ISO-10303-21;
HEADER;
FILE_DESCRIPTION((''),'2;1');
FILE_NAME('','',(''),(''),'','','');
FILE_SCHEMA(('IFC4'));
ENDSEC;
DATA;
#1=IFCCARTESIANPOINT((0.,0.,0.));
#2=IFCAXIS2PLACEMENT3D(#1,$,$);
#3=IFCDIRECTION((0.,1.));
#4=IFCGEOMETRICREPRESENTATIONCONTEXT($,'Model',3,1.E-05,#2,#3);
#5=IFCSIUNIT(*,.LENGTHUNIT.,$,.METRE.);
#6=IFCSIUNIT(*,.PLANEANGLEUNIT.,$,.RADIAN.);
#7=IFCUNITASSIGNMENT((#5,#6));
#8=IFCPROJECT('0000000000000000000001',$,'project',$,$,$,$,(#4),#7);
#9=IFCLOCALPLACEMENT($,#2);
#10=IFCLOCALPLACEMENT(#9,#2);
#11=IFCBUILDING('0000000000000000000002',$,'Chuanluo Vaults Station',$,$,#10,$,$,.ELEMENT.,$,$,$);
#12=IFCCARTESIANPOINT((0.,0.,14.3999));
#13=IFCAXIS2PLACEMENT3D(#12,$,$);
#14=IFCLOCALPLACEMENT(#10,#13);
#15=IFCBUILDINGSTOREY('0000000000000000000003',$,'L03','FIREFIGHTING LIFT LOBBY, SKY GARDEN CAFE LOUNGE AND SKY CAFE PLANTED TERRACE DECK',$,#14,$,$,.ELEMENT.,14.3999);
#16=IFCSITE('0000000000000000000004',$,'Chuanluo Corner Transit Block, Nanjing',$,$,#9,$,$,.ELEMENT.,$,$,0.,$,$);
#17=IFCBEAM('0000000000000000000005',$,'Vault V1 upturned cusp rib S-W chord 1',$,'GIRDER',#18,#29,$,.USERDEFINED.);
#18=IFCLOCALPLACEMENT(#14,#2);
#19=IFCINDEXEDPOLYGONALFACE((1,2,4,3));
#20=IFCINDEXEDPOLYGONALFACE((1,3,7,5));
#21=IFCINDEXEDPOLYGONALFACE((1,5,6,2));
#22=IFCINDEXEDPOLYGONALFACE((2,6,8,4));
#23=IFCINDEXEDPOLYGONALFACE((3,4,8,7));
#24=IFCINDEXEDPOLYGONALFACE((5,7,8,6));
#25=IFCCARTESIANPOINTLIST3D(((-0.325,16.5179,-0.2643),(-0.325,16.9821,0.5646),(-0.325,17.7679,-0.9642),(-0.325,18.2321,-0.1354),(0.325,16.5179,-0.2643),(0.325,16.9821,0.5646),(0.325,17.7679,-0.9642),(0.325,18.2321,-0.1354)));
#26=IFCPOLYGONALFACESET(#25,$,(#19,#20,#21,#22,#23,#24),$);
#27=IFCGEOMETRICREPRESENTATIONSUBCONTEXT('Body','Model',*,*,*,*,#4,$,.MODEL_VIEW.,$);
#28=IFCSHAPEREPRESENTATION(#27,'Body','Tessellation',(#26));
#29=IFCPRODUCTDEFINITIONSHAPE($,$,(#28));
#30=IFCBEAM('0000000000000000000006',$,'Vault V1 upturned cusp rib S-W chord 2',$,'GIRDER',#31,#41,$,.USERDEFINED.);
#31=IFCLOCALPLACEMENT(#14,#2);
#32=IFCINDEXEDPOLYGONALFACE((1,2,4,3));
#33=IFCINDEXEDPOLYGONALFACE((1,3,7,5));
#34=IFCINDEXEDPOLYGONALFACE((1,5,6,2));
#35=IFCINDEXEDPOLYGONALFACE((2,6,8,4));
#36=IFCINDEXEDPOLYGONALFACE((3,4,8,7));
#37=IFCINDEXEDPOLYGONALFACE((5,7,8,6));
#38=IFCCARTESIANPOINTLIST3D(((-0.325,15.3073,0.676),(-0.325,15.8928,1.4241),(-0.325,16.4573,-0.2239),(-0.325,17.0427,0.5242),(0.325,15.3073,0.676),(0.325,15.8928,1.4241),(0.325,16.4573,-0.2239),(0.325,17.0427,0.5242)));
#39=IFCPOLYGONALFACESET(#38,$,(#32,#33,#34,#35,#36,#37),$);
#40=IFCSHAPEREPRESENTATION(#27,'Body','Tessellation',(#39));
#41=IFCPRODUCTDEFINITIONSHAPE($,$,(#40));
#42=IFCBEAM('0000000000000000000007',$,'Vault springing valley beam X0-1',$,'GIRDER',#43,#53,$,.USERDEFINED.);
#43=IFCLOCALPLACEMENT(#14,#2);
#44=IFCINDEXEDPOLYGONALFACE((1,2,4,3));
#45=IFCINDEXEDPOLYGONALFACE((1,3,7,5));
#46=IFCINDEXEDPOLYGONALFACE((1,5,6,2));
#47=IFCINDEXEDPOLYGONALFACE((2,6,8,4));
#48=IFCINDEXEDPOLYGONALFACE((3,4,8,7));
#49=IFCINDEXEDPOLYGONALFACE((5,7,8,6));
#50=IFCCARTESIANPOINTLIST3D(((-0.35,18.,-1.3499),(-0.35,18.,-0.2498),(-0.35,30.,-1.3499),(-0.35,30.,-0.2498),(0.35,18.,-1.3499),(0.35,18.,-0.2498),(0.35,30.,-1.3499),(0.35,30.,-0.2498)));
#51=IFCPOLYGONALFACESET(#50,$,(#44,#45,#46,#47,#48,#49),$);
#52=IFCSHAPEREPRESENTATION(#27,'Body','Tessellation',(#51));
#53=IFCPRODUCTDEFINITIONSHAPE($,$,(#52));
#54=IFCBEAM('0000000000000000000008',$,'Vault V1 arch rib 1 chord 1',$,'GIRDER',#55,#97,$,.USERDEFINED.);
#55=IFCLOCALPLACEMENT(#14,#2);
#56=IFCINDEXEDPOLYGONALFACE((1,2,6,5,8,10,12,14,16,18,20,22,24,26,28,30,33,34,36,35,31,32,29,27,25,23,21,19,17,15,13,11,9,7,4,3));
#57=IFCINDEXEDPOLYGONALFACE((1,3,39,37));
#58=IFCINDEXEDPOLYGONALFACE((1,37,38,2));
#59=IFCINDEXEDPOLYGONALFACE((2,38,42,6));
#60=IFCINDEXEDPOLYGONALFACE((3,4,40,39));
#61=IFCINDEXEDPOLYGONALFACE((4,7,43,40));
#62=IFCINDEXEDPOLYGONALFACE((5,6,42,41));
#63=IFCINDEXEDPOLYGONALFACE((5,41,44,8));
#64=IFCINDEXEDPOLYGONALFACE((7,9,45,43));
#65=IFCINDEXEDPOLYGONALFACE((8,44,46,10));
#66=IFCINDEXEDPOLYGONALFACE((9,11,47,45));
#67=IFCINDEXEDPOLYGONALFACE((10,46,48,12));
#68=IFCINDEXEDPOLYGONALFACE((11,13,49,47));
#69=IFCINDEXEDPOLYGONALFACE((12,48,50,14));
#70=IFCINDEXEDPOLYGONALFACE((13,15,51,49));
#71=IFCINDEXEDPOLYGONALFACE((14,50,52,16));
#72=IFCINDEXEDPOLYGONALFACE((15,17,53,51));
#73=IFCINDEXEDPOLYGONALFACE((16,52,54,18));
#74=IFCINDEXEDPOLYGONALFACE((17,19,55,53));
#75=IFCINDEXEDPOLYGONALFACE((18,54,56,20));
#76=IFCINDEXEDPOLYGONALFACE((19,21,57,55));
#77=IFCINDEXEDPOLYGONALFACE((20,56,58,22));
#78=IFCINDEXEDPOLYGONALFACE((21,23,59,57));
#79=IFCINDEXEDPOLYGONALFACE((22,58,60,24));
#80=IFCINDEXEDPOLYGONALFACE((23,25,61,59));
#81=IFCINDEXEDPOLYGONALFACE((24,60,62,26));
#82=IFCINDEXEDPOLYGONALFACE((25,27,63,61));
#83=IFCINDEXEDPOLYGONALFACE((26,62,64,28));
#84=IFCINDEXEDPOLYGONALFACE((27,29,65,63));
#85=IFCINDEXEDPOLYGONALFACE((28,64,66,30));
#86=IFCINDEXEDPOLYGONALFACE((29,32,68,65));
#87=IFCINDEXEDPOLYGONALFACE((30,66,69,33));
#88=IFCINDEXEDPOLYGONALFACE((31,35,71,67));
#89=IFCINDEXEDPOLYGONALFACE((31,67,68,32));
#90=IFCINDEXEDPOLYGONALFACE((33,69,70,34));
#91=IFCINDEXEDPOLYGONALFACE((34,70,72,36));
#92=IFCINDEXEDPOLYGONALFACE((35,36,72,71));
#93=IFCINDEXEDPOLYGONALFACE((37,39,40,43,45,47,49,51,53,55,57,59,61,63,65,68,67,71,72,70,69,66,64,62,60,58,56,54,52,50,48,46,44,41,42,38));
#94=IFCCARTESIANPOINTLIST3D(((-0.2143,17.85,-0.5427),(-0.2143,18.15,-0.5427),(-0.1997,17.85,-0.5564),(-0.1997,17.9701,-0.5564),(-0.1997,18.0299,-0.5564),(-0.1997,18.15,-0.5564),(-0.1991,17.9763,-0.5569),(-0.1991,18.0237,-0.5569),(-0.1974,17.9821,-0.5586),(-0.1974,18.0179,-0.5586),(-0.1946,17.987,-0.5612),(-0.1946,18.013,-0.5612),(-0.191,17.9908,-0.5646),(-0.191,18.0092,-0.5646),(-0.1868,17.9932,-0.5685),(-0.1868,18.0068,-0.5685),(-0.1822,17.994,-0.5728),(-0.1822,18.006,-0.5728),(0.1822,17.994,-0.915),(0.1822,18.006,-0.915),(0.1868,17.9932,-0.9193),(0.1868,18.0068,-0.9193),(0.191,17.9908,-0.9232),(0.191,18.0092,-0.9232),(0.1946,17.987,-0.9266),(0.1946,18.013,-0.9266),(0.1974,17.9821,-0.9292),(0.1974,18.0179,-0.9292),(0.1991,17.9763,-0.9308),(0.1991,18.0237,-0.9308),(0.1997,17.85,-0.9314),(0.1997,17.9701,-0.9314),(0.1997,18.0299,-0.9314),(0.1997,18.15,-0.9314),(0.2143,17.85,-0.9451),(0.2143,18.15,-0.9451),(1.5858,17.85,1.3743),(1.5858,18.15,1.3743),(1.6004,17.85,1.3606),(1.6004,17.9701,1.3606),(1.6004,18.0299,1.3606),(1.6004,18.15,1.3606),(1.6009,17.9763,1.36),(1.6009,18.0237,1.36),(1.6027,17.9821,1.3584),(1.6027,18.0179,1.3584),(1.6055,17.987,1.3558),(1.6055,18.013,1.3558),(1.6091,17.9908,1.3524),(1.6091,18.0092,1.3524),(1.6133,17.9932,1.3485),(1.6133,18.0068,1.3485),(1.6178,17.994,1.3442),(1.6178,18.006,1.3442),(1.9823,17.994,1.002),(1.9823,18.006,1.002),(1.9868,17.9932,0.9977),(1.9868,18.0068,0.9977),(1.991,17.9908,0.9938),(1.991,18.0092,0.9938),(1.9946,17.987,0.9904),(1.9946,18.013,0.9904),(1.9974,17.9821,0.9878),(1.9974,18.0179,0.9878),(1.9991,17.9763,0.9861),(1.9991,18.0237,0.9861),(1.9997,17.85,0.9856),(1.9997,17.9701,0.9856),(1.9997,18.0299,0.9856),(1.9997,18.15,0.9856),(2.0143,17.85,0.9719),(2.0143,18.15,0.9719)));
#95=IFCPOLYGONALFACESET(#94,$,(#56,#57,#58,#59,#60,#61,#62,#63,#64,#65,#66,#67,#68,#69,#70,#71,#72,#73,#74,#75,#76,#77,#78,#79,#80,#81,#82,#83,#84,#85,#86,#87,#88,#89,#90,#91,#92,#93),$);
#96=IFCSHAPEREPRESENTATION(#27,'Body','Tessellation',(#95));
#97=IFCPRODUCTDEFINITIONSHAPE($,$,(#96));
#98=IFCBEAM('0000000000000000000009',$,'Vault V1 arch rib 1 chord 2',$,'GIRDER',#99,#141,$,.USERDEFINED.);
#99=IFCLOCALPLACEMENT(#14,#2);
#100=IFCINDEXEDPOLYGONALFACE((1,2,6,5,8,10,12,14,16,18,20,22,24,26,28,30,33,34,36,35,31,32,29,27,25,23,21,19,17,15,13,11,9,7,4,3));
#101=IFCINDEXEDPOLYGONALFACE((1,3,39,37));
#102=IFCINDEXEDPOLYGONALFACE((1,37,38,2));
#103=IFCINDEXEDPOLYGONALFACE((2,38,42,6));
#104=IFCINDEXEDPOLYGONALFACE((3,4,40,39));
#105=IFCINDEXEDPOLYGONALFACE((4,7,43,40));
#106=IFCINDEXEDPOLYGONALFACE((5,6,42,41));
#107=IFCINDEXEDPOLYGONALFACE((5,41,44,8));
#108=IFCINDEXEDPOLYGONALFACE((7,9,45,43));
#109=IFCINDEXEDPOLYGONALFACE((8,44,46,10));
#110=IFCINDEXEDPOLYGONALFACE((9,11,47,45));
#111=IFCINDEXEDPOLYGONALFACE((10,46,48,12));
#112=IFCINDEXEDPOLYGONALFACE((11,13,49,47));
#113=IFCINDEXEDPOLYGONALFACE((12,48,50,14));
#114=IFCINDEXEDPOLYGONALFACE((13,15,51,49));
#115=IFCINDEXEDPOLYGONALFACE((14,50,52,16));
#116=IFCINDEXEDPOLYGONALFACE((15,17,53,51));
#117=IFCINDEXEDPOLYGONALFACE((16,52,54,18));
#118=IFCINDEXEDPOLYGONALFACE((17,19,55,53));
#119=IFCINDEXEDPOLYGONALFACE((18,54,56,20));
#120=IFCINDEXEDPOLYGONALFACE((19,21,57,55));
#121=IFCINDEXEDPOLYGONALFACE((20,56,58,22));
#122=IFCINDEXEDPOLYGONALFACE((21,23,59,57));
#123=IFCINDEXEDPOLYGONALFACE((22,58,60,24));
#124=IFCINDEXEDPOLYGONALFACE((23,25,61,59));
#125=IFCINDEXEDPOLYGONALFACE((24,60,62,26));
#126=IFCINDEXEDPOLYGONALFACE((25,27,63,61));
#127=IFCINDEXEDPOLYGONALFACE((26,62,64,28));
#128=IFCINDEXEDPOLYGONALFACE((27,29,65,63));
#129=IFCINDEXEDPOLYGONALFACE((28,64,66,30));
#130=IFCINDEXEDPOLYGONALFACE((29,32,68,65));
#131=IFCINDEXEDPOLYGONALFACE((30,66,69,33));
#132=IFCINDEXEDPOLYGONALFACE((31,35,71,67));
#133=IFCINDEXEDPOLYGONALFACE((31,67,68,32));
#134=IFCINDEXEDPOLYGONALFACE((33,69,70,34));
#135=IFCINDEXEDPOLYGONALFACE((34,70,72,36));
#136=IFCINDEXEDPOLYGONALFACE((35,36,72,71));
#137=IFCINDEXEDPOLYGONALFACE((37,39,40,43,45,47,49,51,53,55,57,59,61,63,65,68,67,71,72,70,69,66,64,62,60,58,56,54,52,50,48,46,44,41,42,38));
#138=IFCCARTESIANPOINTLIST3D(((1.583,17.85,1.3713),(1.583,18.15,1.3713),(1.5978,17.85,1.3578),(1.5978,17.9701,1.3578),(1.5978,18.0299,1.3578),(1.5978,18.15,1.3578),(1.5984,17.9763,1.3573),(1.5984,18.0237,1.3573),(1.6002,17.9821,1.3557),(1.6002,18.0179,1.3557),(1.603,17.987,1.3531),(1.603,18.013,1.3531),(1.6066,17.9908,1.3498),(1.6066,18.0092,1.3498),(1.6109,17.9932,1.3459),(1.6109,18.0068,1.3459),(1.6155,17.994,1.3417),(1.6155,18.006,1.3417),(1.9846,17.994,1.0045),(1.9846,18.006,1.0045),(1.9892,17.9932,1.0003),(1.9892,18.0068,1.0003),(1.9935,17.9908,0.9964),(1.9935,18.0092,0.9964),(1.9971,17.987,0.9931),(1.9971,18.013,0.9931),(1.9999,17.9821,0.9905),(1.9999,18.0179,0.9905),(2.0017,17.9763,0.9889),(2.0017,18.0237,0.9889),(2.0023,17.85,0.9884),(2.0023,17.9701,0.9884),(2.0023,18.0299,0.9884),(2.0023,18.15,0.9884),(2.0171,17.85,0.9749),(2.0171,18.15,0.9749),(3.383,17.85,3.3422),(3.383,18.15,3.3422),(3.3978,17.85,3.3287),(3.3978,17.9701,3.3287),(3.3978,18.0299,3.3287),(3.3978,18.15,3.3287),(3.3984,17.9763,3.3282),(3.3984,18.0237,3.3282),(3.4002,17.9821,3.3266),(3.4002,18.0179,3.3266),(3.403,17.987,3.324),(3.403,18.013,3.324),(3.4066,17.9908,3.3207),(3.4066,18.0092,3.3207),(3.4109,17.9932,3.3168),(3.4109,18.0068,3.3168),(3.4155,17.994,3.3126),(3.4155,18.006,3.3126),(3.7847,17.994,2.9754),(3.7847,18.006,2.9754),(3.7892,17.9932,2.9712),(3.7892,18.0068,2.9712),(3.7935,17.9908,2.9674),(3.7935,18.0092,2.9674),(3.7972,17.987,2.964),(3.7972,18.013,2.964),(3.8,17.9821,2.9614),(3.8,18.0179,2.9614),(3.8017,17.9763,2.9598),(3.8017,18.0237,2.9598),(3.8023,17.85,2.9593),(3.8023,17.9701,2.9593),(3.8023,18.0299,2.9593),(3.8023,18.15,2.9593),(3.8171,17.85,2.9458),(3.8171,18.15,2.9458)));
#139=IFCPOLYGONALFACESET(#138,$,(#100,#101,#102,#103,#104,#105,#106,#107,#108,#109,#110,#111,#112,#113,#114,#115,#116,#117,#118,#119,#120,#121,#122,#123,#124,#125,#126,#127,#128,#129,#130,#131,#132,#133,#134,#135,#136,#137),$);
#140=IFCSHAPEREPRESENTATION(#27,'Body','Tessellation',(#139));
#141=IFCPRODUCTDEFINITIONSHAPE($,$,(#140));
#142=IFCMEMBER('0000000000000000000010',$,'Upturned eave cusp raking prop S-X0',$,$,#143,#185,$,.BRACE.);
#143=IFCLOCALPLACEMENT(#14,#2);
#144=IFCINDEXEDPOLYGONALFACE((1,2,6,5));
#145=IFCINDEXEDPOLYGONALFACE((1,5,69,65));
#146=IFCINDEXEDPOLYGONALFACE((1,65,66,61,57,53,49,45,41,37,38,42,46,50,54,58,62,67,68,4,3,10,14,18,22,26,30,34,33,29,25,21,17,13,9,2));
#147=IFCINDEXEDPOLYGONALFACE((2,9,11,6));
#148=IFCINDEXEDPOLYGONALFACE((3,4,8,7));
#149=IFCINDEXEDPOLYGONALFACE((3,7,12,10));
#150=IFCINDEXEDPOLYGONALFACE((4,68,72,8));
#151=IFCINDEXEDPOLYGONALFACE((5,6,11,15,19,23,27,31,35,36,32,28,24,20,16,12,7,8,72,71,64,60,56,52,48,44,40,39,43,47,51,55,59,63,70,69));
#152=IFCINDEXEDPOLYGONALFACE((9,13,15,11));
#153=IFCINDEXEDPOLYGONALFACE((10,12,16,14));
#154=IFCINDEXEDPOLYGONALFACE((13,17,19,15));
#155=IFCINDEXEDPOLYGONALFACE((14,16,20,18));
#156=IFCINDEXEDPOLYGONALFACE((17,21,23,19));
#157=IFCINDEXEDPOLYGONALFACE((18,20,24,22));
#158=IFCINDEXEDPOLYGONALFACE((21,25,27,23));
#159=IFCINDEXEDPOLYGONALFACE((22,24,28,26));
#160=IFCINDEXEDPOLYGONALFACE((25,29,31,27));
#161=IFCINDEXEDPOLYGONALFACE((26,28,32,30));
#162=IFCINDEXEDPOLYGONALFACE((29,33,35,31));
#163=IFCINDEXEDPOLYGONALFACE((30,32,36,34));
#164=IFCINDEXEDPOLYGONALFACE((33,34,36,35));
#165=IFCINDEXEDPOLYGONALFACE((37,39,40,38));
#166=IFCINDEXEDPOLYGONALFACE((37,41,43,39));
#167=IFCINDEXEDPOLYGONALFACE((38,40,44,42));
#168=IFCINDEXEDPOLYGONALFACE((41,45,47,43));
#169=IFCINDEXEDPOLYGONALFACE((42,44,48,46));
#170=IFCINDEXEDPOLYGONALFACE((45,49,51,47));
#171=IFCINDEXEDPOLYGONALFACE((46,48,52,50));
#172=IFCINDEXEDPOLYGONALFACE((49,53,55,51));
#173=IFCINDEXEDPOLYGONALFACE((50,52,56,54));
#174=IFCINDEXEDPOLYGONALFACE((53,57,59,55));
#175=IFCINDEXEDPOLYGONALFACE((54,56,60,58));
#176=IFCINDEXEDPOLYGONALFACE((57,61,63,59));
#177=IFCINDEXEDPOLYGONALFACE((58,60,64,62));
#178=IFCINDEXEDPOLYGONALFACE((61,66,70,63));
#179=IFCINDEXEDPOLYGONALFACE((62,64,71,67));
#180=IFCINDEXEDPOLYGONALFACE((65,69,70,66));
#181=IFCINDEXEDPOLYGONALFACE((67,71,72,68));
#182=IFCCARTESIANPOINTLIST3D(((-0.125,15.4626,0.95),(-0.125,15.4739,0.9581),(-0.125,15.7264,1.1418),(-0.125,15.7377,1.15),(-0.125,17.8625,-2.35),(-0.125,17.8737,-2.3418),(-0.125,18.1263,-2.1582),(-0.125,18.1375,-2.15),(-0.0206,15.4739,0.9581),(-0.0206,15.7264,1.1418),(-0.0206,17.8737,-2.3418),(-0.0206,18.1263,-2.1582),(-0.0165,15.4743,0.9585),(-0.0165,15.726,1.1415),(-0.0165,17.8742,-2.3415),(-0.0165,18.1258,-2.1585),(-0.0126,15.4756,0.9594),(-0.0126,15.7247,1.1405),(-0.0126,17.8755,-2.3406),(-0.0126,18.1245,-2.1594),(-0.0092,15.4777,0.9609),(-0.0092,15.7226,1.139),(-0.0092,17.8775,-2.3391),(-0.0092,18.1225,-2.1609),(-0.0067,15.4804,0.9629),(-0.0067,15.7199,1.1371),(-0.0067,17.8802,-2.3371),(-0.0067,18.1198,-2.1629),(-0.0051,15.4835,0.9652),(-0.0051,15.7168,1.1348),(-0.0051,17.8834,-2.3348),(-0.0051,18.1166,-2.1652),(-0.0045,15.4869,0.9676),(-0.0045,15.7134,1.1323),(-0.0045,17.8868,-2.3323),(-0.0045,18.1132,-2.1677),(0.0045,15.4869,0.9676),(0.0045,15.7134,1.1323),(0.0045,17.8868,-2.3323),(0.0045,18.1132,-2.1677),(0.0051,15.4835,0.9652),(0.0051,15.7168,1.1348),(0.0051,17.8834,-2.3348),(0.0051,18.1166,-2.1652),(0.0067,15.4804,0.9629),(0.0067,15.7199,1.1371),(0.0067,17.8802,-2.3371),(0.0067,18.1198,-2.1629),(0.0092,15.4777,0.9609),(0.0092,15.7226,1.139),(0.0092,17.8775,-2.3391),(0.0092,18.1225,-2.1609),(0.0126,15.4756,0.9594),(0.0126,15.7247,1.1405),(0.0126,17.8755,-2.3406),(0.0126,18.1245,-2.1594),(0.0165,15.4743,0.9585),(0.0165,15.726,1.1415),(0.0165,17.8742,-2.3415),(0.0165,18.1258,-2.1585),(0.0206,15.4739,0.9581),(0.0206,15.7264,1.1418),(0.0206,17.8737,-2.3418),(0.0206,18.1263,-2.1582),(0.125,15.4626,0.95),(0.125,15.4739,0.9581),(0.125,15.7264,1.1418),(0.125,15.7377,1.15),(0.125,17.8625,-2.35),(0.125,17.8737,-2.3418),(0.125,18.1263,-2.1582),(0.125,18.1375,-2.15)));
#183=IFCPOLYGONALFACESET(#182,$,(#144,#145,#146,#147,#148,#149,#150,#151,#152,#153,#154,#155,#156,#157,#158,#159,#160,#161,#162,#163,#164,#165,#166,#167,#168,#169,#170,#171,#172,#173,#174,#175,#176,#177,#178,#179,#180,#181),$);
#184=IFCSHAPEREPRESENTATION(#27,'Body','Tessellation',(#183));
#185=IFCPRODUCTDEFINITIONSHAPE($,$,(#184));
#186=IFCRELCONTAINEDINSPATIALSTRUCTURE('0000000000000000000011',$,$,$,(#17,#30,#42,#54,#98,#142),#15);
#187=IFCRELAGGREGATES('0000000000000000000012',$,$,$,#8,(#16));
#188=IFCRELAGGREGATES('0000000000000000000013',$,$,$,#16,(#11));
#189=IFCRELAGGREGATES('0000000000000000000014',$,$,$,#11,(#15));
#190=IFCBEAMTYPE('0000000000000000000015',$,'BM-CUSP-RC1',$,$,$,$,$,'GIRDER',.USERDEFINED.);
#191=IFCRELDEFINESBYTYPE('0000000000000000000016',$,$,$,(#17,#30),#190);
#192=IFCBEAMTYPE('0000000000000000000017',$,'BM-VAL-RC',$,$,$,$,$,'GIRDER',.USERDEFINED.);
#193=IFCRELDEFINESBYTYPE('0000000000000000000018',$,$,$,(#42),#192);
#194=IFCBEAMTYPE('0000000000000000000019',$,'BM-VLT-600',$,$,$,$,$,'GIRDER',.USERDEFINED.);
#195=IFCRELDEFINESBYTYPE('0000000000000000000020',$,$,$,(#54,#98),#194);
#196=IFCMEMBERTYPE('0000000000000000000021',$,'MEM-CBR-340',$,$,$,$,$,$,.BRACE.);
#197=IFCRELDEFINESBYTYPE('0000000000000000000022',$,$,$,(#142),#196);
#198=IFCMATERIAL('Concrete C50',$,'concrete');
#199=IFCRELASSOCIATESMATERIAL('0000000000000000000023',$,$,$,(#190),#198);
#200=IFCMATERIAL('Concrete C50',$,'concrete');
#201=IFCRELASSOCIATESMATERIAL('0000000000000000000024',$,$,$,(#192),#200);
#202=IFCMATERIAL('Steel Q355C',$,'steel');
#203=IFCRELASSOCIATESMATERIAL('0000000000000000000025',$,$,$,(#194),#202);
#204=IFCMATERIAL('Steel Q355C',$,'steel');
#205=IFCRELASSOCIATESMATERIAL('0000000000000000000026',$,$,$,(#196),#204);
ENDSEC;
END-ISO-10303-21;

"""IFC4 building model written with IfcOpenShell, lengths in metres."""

from ifc_helpers import new_model, si_unit, direction, frame, origin, origin_2d, place, context, subcontext, project, spatial, rectangle, i_section, extrude, material, material_profile, profile_set, type_object, element, save


model = new_model("IFC4")

# Units and contexts
model_context = context("Model", 3, precision=1e-05, world=origin(), true_north=direction((0.0, 1.0)))
body_context = subcontext(model_context, "Body", "Model", "MODEL_VIEW")
ifc_project = project(units=[si_unit("LENGTHUNIT", "METRE"), si_unit("PLANEANGLEUNIT", "RADIAN")], contexts=[model_context])

# Site, building, storey
site_placement = place(None, origin())
site = spatial("IfcSite", under=ifc_project, at=site_placement, Name="Chuanluo Corner Transit Block, Nanjing", CompositionType="ELEMENT", RefElevation=0.0)
building_placement = place(site_placement, origin())
building = spatial("IfcBuilding", under=site, at=building_placement, Name="Chuanluo Vaults Station", CompositionType="ELEMENT")
storey_placement = place(building_placement, frame((0.0, 0.0, 14.3999)))
storey = spatial("IfcBuildingStorey", under=building, at=storey_placement, Name="L03", Description="FIREFIGHTING LIFT LOBBY, SKY GARDEN CAFE LOUNGE AND SKY CAFE PLANTED TERRACE DECK", CompositionType="ELEMENT", Elevation=14.3999)

# Beams
ifc_material_1 = material(Name="Concrete C50", Category="concrete")
ifc_material_profile_1 = material_profile(ifc_material_1, rectangle(XDim=0.6499, YDim=0.95, at=origin_2d()))
ifc_profile_set_1 = profile_set([ifc_material_profile_1], Name="Concrete C50")
beam_type_1 = type_object("IfcBeamType", Name="BM-CUSP-RC1", ElementType="GIRDER", PredefinedType="USERDEFINED", material=ifc_profile_set_1)
beam_1_placement = place(storey_placement, frame((0.0, 18.0, -0.5498), z_axis=(0.0, -0.872521, 0.488577), x_axis=(1.0, 0.0, 0.0)))
element("IfcBeam", 1, at=beam_1_placement, inside=storey, type_object=beam_type_1, Name="Vault V1 upturned cusp rib S-W chord 1", ObjectType="GIRDER", PredefinedType="USERDEFINED", context=body_context, shape_type="SweptSolid", body=[
    extrude(rectangle(XDim=0.6499, YDim=0.95, at=origin_2d()), origin(), (0.0, 0.0, 1.0), 1.4326),
])
beam_2_placement = place(storey_placement, frame((0.0, 16.75, 0.1501), z_axis=(0.0, -0.787512, 0.616299), x_axis=(1.0, 0.0, 0.0)))
element("IfcBeam", 2, at=beam_2_placement, inside=storey, type_object=beam_type_1, Name="Vault V1 upturned cusp rib S-W chord 2", ObjectType="GIRDER", PredefinedType="USERDEFINED", context=body_context, shape_type="SweptSolid", body=[
    extrude(rectangle(XDim=0.6499, YDim=0.95, at=origin_2d()), origin(), (0.0, 0.0, 1.0), 1.4602),
])
ifc_material_2 = material(Name="Concrete C50", Category="concrete")
ifc_material_profile_2 = material_profile(ifc_material_2, rectangle(XDim=0.7, YDim=1.1001, at=origin_2d()))
ifc_profile_set_2 = profile_set([ifc_material_profile_2], Name="Concrete C50")
beam_type_2 = type_object("IfcBeamType", Name="BM-VAL-RC", ElementType="GIRDER", PredefinedType="USERDEFINED", material=ifc_profile_set_2)
beam_3_placement = place(storey_placement, frame((0.0, 18.0, -0.7998), z_axis=(0.0, 1.0, 0.0), x_axis=(-1.0, 0.0, 0.0)))
element("IfcBeam", 3, at=beam_3_placement, inside=storey, type_object=beam_type_2, Name="Vault springing valley beam X0-1", ObjectType="GIRDER", PredefinedType="USERDEFINED", context=body_context, shape_type="SweptSolid", body=[
    extrude(rectangle(XDim=0.7, YDim=1.1001, at=origin_2d()), origin(), (0.0, 0.0, 1.0), 12.0),
])
ifc_material_3 = material(Name="Steel Q355C", Category="steel")
ifc_material_profile_3 = material_profile(ifc_material_3, i_section(OverallWidth=0.3, OverallDepth=0.5879, WebThickness=0.012, FlangeThickness=0.02, FilletRadius=0.0239, at=origin_2d()))
ifc_profile_set_3 = profile_set([ifc_material_profile_3], Name="Steel Q355C")
beam_type_3 = type_object("IfcBeamType", Name="BM-VLT-600", ElementType="GIRDER", PredefinedType="USERDEFINED", material=ifc_profile_set_3)
beam_4_placement = place(storey_placement, frame((0.0, 18.0, -0.7439), z_axis=(0.684522, 0.0, 0.728993), x_axis=(0.0, 1.0, 0.0)))
element("IfcBeam", 4, at=beam_4_placement, inside=storey, type_object=beam_type_3, Name="Vault V1 arch rib 1 chord 1", ObjectType="GIRDER", PredefinedType="USERDEFINED", context=body_context, shape_type="SweptSolid", body=[
    extrude(i_section(OverallWidth=0.3, OverallDepth=0.5879, WebThickness=0.012, FlangeThickness=0.02, FilletRadius=0.0239, at=origin_2d()), origin(), (0.0, 0.0, 1.0), 2.6296),
])
beam_5_placement = place(storey_placement, frame((1.8, 18.0, 1.1731), z_axis=(0.674369, 0.0, 0.738394), x_axis=(0.0, 1.0, 0.0)))
element("IfcBeam", 5, at=beam_5_placement, inside=storey, type_object=beam_type_3, Name="Vault V1 arch rib 1 chord 2", ObjectType="GIRDER", PredefinedType="USERDEFINED", context=body_context, shape_type="SweptSolid", body=[
    extrude(i_section(OverallWidth=0.3, OverallDepth=0.5879, WebThickness=0.012, FlangeThickness=0.02, FilletRadius=0.0239, at=origin_2d()), origin(), (0.0, 0.0, 1.0), 2.6692),
])

# Member
ifc_material_4 = material(Name="Steel Q355C", Category="steel")
ifc_material_profile_4 = material_profile(ifc_material_4, i_section(OverallWidth=0.25, OverallDepth=0.3401, WebThickness=0.009, FlangeThickness=0.0139, FilletRadius=0.0161, at=origin_2d()))
ifc_profile_set_4 = profile_set([ifc_material_profile_4], Name="Steel Q355C")
member_type_1 = type_object("IfcMemberType", Name="MEM-CBR-340", PredefinedType="BRACE", material=ifc_profile_set_4)
member_1_placement = place(storey_placement, frame((0.0, 18.0, -2.25), z_axis=(0.0, -0.58815, 0.808752), x_axis=(1.0, 0.0, 0.0)))
element("IfcMember", 6, at=member_1_placement, inside=storey, type_object=member_type_1, Name="Upturned eave cusp raking prop S-X0", PredefinedType="BRACE", context=body_context, shape_type="SweptSolid", body=[
    extrude(i_section(OverallWidth=0.25, OverallDepth=0.3401, WebThickness=0.009, FlangeThickness=0.0139, FilletRadius=0.0161, at=origin_2d()), origin(), (0.0, 0.0, 1.0), 4.0803),
])

save(model, "model.ifc")
